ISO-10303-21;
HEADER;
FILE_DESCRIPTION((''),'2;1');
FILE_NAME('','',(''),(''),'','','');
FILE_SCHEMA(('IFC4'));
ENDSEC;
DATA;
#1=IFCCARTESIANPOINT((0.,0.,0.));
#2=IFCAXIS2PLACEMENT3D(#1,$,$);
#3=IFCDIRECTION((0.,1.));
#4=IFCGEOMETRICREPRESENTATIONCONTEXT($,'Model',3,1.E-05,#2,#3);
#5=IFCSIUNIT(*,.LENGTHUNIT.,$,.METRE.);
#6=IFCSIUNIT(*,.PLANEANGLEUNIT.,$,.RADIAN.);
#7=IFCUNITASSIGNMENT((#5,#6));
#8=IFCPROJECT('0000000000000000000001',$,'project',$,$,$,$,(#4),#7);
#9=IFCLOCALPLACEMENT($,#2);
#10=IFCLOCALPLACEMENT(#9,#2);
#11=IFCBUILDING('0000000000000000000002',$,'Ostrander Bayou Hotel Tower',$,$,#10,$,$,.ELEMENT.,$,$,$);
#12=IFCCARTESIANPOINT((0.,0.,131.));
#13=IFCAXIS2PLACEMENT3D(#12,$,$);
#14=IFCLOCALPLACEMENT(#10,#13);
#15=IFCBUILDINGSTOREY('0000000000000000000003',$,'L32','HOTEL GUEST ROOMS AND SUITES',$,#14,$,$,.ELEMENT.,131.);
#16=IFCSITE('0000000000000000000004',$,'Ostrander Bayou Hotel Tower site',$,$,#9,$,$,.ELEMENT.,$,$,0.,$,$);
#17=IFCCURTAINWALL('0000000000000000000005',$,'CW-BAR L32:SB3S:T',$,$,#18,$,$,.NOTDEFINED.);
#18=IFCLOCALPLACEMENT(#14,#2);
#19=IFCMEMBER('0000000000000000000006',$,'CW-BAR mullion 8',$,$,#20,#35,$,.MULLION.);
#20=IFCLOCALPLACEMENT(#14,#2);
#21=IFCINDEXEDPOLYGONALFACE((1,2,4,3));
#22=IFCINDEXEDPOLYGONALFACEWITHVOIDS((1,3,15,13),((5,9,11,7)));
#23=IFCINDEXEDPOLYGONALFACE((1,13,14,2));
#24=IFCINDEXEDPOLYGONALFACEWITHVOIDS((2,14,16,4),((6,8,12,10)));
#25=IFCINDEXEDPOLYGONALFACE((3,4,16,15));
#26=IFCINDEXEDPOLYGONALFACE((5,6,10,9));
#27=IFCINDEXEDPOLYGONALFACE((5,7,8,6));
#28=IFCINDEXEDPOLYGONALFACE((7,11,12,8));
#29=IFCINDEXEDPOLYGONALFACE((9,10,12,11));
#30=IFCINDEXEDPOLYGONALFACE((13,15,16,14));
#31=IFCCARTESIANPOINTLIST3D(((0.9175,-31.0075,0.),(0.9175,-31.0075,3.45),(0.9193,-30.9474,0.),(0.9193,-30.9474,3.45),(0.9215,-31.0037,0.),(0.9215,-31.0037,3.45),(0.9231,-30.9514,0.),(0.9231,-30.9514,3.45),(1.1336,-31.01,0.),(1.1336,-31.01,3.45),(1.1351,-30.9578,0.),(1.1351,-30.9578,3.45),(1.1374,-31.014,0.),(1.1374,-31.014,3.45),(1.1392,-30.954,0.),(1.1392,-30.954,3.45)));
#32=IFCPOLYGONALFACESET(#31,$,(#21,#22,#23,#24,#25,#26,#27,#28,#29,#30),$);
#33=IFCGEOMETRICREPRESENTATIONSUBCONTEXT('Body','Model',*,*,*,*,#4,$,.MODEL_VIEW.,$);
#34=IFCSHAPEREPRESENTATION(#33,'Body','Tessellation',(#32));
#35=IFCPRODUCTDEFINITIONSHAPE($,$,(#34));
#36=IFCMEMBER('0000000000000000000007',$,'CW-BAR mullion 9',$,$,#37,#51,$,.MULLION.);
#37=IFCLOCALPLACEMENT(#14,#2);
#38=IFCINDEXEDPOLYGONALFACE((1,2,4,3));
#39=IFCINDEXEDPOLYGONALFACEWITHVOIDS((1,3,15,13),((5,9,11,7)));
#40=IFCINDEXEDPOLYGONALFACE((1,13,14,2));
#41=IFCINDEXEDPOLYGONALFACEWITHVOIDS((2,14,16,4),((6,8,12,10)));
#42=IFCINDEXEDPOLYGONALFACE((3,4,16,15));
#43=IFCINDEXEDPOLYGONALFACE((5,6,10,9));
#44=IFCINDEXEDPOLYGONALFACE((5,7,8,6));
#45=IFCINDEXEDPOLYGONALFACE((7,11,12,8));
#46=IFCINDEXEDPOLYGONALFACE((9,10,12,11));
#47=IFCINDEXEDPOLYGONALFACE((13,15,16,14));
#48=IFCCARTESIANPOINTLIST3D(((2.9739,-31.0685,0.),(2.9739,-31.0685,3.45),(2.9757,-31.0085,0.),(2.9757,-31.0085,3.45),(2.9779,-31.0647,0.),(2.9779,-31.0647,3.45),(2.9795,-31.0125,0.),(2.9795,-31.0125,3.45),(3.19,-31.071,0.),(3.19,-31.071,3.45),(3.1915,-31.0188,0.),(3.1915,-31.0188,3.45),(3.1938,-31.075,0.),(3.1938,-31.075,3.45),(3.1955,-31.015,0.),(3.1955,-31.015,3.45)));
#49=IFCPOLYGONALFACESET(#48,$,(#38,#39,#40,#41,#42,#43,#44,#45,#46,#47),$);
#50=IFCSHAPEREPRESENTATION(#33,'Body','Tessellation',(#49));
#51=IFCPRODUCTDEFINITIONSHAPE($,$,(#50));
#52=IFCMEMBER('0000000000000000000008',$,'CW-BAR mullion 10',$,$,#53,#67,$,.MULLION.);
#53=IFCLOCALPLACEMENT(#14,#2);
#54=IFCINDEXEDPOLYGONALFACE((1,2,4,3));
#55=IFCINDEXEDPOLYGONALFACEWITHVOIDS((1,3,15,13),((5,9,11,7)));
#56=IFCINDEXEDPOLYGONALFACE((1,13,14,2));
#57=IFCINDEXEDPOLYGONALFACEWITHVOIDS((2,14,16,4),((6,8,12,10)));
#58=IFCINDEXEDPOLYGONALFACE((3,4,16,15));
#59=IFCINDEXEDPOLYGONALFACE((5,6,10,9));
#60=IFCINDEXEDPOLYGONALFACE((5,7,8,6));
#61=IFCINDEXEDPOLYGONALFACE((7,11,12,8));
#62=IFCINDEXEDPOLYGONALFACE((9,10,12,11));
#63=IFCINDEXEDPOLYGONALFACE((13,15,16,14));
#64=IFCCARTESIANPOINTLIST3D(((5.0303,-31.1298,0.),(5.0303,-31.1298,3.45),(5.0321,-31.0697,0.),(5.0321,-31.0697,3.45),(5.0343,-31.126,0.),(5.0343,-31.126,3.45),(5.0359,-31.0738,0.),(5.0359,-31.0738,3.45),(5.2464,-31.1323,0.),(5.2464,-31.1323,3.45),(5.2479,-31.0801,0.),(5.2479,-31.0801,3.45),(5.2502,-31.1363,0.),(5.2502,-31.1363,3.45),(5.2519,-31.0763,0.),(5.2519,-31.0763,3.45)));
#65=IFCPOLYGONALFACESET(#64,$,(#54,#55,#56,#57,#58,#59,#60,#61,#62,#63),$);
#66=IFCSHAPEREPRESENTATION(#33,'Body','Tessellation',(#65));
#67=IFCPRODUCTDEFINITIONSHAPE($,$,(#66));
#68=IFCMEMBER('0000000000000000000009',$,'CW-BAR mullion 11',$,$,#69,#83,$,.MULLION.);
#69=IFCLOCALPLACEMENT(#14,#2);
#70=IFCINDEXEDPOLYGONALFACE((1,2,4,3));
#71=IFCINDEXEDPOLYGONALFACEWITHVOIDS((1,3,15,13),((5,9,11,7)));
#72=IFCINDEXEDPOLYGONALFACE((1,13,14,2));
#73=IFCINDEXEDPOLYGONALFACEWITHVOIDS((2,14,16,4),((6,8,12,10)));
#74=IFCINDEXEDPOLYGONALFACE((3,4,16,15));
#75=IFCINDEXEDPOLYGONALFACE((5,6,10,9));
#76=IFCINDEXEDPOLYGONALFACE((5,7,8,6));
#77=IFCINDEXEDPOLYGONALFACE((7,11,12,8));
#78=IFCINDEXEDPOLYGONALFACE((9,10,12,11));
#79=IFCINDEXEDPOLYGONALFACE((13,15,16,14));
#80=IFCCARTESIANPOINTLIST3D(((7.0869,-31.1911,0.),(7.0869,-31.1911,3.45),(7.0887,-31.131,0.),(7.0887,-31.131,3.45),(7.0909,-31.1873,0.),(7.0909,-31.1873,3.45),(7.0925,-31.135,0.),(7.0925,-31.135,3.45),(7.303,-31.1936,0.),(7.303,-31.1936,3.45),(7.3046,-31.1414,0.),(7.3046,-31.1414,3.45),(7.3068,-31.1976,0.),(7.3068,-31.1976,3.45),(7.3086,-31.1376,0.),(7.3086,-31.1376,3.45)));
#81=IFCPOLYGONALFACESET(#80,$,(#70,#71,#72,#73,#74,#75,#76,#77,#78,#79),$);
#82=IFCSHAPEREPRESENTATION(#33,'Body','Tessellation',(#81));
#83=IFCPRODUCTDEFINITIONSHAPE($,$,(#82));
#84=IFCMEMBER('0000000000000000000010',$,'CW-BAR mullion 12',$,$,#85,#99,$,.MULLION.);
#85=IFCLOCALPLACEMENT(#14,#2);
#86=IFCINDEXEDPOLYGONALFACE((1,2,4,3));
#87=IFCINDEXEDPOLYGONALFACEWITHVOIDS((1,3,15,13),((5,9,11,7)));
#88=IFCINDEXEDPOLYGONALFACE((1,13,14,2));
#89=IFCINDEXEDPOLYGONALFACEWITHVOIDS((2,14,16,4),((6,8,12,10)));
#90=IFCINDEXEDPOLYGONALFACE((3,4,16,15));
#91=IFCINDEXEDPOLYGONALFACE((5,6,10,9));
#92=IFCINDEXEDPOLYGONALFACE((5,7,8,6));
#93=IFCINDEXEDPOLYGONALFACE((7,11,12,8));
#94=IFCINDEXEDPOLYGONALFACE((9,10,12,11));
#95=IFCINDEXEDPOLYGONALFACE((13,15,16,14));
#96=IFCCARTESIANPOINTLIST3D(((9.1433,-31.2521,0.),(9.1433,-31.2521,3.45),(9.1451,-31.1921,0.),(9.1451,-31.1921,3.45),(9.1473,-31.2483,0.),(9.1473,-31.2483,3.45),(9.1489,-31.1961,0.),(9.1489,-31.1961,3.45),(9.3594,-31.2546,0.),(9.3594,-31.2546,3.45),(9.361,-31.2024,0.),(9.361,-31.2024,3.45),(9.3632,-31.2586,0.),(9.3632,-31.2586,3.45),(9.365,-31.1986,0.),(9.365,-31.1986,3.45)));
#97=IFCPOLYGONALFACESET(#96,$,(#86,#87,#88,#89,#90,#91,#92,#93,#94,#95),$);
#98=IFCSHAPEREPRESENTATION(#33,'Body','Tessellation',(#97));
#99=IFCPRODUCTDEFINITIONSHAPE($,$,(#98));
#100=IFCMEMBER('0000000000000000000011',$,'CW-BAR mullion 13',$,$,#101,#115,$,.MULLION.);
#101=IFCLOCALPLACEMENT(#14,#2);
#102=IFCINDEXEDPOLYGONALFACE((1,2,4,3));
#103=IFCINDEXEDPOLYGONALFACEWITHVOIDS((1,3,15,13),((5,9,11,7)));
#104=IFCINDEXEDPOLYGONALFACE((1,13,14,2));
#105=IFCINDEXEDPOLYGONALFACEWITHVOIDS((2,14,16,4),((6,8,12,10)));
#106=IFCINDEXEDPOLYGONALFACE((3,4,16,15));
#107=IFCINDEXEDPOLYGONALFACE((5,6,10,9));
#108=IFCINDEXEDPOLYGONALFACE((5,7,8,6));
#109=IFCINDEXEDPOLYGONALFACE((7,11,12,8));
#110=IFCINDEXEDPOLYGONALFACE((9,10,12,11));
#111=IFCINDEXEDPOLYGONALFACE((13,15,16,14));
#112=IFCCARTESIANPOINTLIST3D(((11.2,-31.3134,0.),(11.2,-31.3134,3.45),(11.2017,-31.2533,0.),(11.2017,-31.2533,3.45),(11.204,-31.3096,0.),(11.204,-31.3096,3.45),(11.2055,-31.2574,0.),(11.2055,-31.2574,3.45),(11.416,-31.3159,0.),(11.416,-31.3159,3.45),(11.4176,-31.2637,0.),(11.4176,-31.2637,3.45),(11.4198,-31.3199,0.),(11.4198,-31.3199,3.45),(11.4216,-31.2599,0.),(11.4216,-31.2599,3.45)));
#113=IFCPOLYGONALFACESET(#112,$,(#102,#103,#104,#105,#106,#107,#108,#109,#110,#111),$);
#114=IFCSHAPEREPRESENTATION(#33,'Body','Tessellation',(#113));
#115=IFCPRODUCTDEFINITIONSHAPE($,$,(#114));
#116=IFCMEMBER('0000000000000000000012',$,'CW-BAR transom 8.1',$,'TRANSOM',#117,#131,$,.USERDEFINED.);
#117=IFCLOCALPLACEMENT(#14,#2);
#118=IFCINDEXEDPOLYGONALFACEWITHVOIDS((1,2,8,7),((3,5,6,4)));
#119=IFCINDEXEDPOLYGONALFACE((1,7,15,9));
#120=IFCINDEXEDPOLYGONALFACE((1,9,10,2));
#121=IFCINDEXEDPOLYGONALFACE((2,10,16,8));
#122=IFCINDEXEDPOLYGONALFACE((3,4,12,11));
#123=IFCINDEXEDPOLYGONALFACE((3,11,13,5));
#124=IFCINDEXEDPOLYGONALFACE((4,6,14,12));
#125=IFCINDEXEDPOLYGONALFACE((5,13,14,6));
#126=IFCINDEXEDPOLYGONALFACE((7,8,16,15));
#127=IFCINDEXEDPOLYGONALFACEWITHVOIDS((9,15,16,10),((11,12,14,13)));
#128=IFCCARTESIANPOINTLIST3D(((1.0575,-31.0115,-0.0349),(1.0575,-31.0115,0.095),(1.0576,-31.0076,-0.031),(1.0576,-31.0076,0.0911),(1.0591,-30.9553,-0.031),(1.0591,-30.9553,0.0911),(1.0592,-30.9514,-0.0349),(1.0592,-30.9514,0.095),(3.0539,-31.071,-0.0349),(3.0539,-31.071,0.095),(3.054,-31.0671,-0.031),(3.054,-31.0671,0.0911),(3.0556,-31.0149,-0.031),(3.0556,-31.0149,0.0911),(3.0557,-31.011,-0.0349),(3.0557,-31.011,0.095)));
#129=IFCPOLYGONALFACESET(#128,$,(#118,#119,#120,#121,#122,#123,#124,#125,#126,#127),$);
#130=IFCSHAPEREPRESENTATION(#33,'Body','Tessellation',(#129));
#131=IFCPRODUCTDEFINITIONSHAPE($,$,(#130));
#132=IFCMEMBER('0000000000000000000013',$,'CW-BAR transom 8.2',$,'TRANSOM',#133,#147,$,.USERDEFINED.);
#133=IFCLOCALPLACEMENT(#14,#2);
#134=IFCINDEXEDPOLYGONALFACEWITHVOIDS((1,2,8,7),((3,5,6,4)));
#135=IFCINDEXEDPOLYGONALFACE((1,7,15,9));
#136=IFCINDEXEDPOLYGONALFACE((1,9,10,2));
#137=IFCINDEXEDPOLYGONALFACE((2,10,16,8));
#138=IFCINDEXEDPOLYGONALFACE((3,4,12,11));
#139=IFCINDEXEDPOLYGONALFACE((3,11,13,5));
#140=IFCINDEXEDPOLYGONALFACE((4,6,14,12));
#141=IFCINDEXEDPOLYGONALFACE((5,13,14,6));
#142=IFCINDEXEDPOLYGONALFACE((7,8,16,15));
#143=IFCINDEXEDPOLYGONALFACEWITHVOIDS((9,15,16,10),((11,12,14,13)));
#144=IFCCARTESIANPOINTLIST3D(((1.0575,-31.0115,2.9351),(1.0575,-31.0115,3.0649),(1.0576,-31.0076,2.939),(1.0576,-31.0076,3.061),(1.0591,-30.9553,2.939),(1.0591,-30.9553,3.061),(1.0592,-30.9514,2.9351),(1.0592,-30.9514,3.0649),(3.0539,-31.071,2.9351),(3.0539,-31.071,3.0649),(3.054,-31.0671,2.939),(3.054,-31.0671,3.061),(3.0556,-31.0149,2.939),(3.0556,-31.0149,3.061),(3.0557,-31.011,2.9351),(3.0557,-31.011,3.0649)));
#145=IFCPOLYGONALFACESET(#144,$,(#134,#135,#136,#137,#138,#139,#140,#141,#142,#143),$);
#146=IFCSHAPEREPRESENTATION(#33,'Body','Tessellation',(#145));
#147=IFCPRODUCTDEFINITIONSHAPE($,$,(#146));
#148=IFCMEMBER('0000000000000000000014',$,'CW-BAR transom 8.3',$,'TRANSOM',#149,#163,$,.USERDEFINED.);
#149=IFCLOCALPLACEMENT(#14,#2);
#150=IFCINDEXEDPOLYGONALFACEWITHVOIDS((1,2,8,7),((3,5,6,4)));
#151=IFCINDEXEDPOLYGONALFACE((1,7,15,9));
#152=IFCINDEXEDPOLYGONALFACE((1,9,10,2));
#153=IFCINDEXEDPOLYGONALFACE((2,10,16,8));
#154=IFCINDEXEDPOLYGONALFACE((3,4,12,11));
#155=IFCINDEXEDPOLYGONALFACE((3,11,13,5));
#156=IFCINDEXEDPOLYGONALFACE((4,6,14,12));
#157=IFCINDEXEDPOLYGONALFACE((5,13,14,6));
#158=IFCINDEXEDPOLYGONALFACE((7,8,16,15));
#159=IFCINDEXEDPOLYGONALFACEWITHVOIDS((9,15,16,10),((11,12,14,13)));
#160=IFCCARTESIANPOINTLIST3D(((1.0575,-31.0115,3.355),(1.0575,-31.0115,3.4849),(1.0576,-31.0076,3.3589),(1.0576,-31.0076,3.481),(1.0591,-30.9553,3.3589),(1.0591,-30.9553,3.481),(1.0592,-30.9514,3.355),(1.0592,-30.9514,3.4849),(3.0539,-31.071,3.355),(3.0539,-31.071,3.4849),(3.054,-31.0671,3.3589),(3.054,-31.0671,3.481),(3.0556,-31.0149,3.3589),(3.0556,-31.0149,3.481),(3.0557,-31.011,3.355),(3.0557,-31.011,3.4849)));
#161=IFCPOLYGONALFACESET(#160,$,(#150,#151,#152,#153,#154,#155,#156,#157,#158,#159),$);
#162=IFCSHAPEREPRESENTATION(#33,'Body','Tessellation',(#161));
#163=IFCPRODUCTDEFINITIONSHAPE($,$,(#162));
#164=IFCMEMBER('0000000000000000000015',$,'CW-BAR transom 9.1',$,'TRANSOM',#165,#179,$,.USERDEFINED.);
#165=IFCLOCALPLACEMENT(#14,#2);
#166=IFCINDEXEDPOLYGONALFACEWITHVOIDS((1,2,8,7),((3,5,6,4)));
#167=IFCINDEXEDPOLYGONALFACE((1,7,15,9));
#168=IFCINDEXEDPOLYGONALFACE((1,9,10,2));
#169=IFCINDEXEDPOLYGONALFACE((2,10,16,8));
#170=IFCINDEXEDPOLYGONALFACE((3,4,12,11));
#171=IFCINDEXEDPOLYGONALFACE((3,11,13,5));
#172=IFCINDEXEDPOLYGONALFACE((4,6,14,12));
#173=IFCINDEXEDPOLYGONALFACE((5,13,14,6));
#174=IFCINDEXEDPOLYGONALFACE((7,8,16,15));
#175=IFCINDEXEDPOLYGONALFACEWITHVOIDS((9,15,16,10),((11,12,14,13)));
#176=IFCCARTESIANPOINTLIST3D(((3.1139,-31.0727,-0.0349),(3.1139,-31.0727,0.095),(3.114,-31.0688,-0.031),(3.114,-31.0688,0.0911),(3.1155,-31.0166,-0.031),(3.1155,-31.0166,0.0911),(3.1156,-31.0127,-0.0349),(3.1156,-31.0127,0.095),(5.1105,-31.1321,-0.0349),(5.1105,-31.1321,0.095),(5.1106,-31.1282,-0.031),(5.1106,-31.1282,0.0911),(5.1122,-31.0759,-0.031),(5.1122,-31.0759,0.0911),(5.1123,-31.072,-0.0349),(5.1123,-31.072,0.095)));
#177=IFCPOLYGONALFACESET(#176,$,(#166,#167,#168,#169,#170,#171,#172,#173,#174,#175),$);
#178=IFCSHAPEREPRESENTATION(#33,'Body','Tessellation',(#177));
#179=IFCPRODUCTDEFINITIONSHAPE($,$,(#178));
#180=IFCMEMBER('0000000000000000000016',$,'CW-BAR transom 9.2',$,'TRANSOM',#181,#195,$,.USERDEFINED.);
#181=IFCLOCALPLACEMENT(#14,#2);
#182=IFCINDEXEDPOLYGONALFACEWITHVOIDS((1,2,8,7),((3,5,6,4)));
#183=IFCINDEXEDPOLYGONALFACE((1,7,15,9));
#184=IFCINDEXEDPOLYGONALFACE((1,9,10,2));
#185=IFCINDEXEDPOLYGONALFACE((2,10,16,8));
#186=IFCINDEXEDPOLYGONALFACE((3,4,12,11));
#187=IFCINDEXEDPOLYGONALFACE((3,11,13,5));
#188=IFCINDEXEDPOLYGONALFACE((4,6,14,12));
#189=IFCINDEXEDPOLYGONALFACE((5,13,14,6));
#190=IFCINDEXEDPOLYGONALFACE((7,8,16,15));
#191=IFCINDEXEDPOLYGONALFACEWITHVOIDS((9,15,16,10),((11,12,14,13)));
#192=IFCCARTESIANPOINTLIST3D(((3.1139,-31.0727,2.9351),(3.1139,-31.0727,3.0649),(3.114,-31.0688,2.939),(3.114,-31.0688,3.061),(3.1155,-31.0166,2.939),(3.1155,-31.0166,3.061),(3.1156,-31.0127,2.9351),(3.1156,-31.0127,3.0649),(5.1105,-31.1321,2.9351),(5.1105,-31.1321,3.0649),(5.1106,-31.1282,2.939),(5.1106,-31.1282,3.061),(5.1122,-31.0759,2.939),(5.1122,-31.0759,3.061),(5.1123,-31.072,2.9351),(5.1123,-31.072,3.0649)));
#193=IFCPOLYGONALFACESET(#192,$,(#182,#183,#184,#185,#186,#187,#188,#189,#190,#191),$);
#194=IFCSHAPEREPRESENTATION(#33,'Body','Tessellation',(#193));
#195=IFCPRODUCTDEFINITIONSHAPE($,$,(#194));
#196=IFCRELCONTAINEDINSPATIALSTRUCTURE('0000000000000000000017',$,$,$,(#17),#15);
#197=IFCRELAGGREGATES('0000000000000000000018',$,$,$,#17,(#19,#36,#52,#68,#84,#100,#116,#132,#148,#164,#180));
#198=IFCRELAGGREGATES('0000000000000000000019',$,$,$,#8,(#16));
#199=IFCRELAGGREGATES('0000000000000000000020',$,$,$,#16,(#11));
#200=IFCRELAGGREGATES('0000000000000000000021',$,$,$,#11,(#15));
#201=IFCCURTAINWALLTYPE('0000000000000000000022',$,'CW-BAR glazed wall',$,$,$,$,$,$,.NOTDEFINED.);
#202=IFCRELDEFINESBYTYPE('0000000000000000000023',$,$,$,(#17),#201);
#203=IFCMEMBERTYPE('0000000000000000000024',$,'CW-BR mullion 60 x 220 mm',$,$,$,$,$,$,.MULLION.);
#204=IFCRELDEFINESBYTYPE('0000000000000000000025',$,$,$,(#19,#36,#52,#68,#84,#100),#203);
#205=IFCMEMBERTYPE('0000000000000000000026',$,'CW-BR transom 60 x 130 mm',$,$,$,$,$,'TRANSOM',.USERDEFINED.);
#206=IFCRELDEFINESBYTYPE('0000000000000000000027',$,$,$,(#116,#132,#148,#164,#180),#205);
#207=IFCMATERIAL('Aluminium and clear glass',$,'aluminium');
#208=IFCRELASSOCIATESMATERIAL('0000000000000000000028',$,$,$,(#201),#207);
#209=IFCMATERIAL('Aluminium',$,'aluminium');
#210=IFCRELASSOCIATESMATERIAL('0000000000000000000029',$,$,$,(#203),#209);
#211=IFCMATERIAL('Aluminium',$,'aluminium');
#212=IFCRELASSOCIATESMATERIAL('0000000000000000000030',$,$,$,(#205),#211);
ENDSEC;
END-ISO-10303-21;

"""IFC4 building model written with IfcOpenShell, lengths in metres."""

from ifc_helpers import new_model, si_unit, direction, frame, origin, origin_2d, place, context, subcontext, project, spatial, hollow_rectangle, extrude, material, material_profile, profile_set, type_object, element, aggregate, save


model = new_model("IFC4")

# Units and contexts
model_context = context("Model", 3, precision=1e-05, world=origin(), true_north=direction((0.0, 1.0)))
body_context = subcontext(model_context, "Body", "Model", "MODEL_VIEW")
ifc_project = project(units=[si_unit("LENGTHUNIT", "METRE"), si_unit("PLANEANGLEUNIT", "RADIAN")], contexts=[model_context])

# Site, building, storey
site_placement = place(None, origin())
site = spatial("IfcSite", under=ifc_project, at=site_placement, Name="Ostrander Bayou Hotel Tower site", CompositionType="ELEMENT", RefElevation=0.0)
building_placement = place(site_placement, origin())
building = spatial("IfcBuilding", under=site, at=building_placement, Name="Ostrander Bayou Hotel Tower", CompositionType="ELEMENT")
storey_placement = place(building_placement, frame((0.0, 0.0, 131.0)))
storey = spatial("IfcBuildingStorey", under=building, at=storey_placement, Name="L32", Description="HOTEL GUEST ROOMS AND SUITES", CompositionType="ELEMENT", Elevation=131.0)

# Curtain wall, members
ifc_material_1 = material(Name="Aluminium and clear glass", Category="aluminium")
curtain_wall_type = type_object("IfcCurtainWallType", Name="CW-BAR glazed wall", PredefinedType="NOTDEFINED", material=ifc_material_1)
curtain_wall_placement = place(storey_placement, origin())
curtain_wall = element("IfcCurtainWall", 1, at=curtain_wall_placement, inside=storey, type_object=curtain_wall_type, Name="CW-BAR L32:SB3S:T", PredefinedType="NOTDEFINED")
ifc_material_2 = material(Name="Aluminium", Category="aluminium")
ifc_material_profile_1 = material_profile(ifc_material_2, hollow_rectangle(XDim=0.0601, YDim=0.22, WallThickness=0.0039, at=origin_2d()))
ifc_profile_set_1 = profile_set([ifc_material_profile_1], Name="Aluminium")
member_type_1 = type_object("IfcMemberType", Name="CW-BR mullion 60 x 220 mm", PredefinedType="MULLION", material=ifc_profile_set_1)
member_1_placement = place(storey_placement, frame((1.0283, -30.9807, 0.0), z_axis=(0.0, 0.0, 1.0), x_axis=(0.029746, 0.999557, 0.0)))
member_1 = element("IfcMember", 2, at=member_1_placement, type_object=member_type_1, Name="CW-BAR mullion 8", PredefinedType="MULLION", context=body_context, shape_type="SweptSolid", body=[
    extrude(hollow_rectangle(XDim=0.0601, YDim=0.22, WallThickness=0.0039, at=origin_2d()), origin(), (0.0, 0.0, 1.0), 3.45),
])
member_2_placement = place(storey_placement, frame((3.0847, -31.0417, 0.0), z_axis=(0.0, 0.0, 1.0), x_axis=(0.029746, 0.999557, 0.0)))
member_2 = element("IfcMember", 3, at=member_2_placement, type_object=member_type_1, Name="CW-BAR mullion 9", PredefinedType="MULLION", context=body_context, shape_type="SweptSolid", body=[
    extrude(hollow_rectangle(XDim=0.0601, YDim=0.22, WallThickness=0.0039, at=origin_2d()), origin(), (0.0, 0.0, 1.0), 3.45),
])
member_3_placement = place(storey_placement, frame((5.1411, -31.103, 0.0), z_axis=(0.0, 0.0, 1.0), x_axis=(0.029746, 0.999557, 0.0)))
member_3 = element("IfcMember", 4, at=member_3_placement, type_object=member_type_1, Name="CW-BAR mullion 10", PredefinedType="MULLION", context=body_context, shape_type="SweptSolid", body=[
    extrude(hollow_rectangle(XDim=0.0601, YDim=0.22, WallThickness=0.0039, at=origin_2d()), origin(), (0.0, 0.0, 1.0), 3.45),
])
member_4_placement = place(storey_placement, frame((7.1978, -31.1643, 0.0), z_axis=(0.0, 0.0, 1.0), x_axis=(0.029746, 0.999557, 0.0)))
member_4 = element("IfcMember", 5, at=member_4_placement, type_object=member_type_1, Name="CW-BAR mullion 11", PredefinedType="MULLION", context=body_context, shape_type="SweptSolid", body=[
    extrude(hollow_rectangle(XDim=0.0601, YDim=0.22, WallThickness=0.0039, at=origin_2d()), origin(), (0.0, 0.0, 1.0), 3.45),
])
member_5_placement = place(storey_placement, frame((9.2542, -31.2253, 0.0), z_axis=(0.0, 0.0, 1.0), x_axis=(0.029746, 0.999557, 0.0)))
member_5 = element("IfcMember", 6, at=member_5_placement, type_object=member_type_1, Name="CW-BAR mullion 12", PredefinedType="MULLION", context=body_context, shape_type="SweptSolid", body=[
    extrude(hollow_rectangle(XDim=0.0601, YDim=0.22, WallThickness=0.0039, at=origin_2d()), origin(), (0.0, 0.0, 1.0), 3.45),
])
member_6_placement = place(storey_placement, frame((11.3108, -31.2866, 0.0), z_axis=(0.0, 0.0, 1.0), x_axis=(0.029746, 0.999557, 0.0)))
member_6 = element("IfcMember", 7, at=member_6_placement, type_object=member_type_1, Name="CW-BAR mullion 13", PredefinedType="MULLION", context=body_context, shape_type="SweptSolid", body=[
    extrude(hollow_rectangle(XDim=0.0601, YDim=0.22, WallThickness=0.0039, at=origin_2d()), origin(), (0.0, 0.0, 1.0), 3.45),
])
ifc_material_3 = material(Name="Aluminium", Category="aluminium")
ifc_material_profile_2 = material_profile(ifc_material_3, hollow_rectangle(XDim=0.0601, YDim=0.1299, WallThickness=0.0039, at=origin_2d()))
ifc_profile_set_2 = profile_set([ifc_material_profile_2], Name="Aluminium")
member_type_2 = type_object("IfcMemberType", Name="CW-BR transom 60 x 130 mm", ElementType="TRANSOM", PredefinedType="USERDEFINED", material=ifc_profile_set_2)
member_7_placement = place(storey_placement, frame((1.0583, -30.9814, 0.03), z_axis=(0.999555, -0.029827, 0.0), x_axis=(0.029827, 0.999555, 0.0)))
member_7 = element("IfcMember", 8, at=member_7_placement, type_object=member_type_2, Name="CW-BAR transom 8.1", ObjectType="TRANSOM", PredefinedType="USERDEFINED", context=body_context, shape_type="SweptSolid", body=[
    extrude(hollow_rectangle(XDim=0.0601, YDim=0.1299, WallThickness=0.0039, at=origin_2d()), origin(), (0.0, 0.0, 1.0), 1.9973),
])
member_8_placement = place(storey_placement, frame((1.0583, -30.9814, 3.0), z_axis=(0.999555, -0.029827, 0.0), x_axis=(0.029827, 0.999555, 0.0)))
member_8 = element("IfcMember", 9, at=member_8_placement, type_object=member_type_2, Name="CW-BAR transom 8.2", ObjectType="TRANSOM", PredefinedType="USERDEFINED", context=body_context, shape_type="SweptSolid", body=[
    extrude(hollow_rectangle(XDim=0.0601, YDim=0.1299, WallThickness=0.0039, at=origin_2d()), origin(), (0.0, 0.0, 1.0), 1.9973),
])
member_9_placement = place(storey_placement, frame((1.0583, -30.9814, 3.4199), z_axis=(0.999555, -0.029827, 0.0), x_axis=(0.029827, 0.999555, 0.0)))
member_9 = element("IfcMember", 10, at=member_9_placement, type_object=member_type_2, Name="CW-BAR transom 8.3", ObjectType="TRANSOM", PredefinedType="USERDEFINED", context=body_context, shape_type="SweptSolid", body=[
    extrude(hollow_rectangle(XDim=0.0601, YDim=0.1299, WallThickness=0.0039, at=origin_2d()), origin(), (0.0, 0.0, 1.0), 1.9973),
])
member_10_placement = place(storey_placement, frame((3.1147, -31.0427, 0.03), z_axis=(0.999559, -0.029701, 0.0), x_axis=(0.029701, 0.999559, 0.0)))
member_10 = element("IfcMember", 11, at=member_10_placement, type_object=member_type_2, Name="CW-BAR transom 9.1", ObjectType="TRANSOM", PredefinedType="USERDEFINED", context=body_context, shape_type="SweptSolid", body=[
    extrude(hollow_rectangle(XDim=0.0601, YDim=0.1299, WallThickness=0.0039, at=origin_2d()), origin(), (0.0, 0.0, 1.0), 1.9976),
])
member_11_placement = place(storey_placement, frame((3.1147, -31.0427, 3.0), z_axis=(0.999559, -0.029701, 0.0), x_axis=(0.029701, 0.999559, 0.0)))
member_11 = element("IfcMember", 12, at=member_11_placement, type_object=member_type_2, Name="CW-BAR transom 9.2", ObjectType="TRANSOM", PredefinedType="USERDEFINED", context=body_context, shape_type="SweptSolid", body=[
    extrude(hollow_rectangle(XDim=0.0601, YDim=0.1299, WallThickness=0.0039, at=origin_2d()), origin(), (0.0, 0.0, 1.0), 1.9976),
])
aggregate(curtain_wall, [member_1, member_2, member_3, member_4, member_5, member_6, member_7, member_8, member_9, member_10, member_11])

save(model, "model.ifc")
